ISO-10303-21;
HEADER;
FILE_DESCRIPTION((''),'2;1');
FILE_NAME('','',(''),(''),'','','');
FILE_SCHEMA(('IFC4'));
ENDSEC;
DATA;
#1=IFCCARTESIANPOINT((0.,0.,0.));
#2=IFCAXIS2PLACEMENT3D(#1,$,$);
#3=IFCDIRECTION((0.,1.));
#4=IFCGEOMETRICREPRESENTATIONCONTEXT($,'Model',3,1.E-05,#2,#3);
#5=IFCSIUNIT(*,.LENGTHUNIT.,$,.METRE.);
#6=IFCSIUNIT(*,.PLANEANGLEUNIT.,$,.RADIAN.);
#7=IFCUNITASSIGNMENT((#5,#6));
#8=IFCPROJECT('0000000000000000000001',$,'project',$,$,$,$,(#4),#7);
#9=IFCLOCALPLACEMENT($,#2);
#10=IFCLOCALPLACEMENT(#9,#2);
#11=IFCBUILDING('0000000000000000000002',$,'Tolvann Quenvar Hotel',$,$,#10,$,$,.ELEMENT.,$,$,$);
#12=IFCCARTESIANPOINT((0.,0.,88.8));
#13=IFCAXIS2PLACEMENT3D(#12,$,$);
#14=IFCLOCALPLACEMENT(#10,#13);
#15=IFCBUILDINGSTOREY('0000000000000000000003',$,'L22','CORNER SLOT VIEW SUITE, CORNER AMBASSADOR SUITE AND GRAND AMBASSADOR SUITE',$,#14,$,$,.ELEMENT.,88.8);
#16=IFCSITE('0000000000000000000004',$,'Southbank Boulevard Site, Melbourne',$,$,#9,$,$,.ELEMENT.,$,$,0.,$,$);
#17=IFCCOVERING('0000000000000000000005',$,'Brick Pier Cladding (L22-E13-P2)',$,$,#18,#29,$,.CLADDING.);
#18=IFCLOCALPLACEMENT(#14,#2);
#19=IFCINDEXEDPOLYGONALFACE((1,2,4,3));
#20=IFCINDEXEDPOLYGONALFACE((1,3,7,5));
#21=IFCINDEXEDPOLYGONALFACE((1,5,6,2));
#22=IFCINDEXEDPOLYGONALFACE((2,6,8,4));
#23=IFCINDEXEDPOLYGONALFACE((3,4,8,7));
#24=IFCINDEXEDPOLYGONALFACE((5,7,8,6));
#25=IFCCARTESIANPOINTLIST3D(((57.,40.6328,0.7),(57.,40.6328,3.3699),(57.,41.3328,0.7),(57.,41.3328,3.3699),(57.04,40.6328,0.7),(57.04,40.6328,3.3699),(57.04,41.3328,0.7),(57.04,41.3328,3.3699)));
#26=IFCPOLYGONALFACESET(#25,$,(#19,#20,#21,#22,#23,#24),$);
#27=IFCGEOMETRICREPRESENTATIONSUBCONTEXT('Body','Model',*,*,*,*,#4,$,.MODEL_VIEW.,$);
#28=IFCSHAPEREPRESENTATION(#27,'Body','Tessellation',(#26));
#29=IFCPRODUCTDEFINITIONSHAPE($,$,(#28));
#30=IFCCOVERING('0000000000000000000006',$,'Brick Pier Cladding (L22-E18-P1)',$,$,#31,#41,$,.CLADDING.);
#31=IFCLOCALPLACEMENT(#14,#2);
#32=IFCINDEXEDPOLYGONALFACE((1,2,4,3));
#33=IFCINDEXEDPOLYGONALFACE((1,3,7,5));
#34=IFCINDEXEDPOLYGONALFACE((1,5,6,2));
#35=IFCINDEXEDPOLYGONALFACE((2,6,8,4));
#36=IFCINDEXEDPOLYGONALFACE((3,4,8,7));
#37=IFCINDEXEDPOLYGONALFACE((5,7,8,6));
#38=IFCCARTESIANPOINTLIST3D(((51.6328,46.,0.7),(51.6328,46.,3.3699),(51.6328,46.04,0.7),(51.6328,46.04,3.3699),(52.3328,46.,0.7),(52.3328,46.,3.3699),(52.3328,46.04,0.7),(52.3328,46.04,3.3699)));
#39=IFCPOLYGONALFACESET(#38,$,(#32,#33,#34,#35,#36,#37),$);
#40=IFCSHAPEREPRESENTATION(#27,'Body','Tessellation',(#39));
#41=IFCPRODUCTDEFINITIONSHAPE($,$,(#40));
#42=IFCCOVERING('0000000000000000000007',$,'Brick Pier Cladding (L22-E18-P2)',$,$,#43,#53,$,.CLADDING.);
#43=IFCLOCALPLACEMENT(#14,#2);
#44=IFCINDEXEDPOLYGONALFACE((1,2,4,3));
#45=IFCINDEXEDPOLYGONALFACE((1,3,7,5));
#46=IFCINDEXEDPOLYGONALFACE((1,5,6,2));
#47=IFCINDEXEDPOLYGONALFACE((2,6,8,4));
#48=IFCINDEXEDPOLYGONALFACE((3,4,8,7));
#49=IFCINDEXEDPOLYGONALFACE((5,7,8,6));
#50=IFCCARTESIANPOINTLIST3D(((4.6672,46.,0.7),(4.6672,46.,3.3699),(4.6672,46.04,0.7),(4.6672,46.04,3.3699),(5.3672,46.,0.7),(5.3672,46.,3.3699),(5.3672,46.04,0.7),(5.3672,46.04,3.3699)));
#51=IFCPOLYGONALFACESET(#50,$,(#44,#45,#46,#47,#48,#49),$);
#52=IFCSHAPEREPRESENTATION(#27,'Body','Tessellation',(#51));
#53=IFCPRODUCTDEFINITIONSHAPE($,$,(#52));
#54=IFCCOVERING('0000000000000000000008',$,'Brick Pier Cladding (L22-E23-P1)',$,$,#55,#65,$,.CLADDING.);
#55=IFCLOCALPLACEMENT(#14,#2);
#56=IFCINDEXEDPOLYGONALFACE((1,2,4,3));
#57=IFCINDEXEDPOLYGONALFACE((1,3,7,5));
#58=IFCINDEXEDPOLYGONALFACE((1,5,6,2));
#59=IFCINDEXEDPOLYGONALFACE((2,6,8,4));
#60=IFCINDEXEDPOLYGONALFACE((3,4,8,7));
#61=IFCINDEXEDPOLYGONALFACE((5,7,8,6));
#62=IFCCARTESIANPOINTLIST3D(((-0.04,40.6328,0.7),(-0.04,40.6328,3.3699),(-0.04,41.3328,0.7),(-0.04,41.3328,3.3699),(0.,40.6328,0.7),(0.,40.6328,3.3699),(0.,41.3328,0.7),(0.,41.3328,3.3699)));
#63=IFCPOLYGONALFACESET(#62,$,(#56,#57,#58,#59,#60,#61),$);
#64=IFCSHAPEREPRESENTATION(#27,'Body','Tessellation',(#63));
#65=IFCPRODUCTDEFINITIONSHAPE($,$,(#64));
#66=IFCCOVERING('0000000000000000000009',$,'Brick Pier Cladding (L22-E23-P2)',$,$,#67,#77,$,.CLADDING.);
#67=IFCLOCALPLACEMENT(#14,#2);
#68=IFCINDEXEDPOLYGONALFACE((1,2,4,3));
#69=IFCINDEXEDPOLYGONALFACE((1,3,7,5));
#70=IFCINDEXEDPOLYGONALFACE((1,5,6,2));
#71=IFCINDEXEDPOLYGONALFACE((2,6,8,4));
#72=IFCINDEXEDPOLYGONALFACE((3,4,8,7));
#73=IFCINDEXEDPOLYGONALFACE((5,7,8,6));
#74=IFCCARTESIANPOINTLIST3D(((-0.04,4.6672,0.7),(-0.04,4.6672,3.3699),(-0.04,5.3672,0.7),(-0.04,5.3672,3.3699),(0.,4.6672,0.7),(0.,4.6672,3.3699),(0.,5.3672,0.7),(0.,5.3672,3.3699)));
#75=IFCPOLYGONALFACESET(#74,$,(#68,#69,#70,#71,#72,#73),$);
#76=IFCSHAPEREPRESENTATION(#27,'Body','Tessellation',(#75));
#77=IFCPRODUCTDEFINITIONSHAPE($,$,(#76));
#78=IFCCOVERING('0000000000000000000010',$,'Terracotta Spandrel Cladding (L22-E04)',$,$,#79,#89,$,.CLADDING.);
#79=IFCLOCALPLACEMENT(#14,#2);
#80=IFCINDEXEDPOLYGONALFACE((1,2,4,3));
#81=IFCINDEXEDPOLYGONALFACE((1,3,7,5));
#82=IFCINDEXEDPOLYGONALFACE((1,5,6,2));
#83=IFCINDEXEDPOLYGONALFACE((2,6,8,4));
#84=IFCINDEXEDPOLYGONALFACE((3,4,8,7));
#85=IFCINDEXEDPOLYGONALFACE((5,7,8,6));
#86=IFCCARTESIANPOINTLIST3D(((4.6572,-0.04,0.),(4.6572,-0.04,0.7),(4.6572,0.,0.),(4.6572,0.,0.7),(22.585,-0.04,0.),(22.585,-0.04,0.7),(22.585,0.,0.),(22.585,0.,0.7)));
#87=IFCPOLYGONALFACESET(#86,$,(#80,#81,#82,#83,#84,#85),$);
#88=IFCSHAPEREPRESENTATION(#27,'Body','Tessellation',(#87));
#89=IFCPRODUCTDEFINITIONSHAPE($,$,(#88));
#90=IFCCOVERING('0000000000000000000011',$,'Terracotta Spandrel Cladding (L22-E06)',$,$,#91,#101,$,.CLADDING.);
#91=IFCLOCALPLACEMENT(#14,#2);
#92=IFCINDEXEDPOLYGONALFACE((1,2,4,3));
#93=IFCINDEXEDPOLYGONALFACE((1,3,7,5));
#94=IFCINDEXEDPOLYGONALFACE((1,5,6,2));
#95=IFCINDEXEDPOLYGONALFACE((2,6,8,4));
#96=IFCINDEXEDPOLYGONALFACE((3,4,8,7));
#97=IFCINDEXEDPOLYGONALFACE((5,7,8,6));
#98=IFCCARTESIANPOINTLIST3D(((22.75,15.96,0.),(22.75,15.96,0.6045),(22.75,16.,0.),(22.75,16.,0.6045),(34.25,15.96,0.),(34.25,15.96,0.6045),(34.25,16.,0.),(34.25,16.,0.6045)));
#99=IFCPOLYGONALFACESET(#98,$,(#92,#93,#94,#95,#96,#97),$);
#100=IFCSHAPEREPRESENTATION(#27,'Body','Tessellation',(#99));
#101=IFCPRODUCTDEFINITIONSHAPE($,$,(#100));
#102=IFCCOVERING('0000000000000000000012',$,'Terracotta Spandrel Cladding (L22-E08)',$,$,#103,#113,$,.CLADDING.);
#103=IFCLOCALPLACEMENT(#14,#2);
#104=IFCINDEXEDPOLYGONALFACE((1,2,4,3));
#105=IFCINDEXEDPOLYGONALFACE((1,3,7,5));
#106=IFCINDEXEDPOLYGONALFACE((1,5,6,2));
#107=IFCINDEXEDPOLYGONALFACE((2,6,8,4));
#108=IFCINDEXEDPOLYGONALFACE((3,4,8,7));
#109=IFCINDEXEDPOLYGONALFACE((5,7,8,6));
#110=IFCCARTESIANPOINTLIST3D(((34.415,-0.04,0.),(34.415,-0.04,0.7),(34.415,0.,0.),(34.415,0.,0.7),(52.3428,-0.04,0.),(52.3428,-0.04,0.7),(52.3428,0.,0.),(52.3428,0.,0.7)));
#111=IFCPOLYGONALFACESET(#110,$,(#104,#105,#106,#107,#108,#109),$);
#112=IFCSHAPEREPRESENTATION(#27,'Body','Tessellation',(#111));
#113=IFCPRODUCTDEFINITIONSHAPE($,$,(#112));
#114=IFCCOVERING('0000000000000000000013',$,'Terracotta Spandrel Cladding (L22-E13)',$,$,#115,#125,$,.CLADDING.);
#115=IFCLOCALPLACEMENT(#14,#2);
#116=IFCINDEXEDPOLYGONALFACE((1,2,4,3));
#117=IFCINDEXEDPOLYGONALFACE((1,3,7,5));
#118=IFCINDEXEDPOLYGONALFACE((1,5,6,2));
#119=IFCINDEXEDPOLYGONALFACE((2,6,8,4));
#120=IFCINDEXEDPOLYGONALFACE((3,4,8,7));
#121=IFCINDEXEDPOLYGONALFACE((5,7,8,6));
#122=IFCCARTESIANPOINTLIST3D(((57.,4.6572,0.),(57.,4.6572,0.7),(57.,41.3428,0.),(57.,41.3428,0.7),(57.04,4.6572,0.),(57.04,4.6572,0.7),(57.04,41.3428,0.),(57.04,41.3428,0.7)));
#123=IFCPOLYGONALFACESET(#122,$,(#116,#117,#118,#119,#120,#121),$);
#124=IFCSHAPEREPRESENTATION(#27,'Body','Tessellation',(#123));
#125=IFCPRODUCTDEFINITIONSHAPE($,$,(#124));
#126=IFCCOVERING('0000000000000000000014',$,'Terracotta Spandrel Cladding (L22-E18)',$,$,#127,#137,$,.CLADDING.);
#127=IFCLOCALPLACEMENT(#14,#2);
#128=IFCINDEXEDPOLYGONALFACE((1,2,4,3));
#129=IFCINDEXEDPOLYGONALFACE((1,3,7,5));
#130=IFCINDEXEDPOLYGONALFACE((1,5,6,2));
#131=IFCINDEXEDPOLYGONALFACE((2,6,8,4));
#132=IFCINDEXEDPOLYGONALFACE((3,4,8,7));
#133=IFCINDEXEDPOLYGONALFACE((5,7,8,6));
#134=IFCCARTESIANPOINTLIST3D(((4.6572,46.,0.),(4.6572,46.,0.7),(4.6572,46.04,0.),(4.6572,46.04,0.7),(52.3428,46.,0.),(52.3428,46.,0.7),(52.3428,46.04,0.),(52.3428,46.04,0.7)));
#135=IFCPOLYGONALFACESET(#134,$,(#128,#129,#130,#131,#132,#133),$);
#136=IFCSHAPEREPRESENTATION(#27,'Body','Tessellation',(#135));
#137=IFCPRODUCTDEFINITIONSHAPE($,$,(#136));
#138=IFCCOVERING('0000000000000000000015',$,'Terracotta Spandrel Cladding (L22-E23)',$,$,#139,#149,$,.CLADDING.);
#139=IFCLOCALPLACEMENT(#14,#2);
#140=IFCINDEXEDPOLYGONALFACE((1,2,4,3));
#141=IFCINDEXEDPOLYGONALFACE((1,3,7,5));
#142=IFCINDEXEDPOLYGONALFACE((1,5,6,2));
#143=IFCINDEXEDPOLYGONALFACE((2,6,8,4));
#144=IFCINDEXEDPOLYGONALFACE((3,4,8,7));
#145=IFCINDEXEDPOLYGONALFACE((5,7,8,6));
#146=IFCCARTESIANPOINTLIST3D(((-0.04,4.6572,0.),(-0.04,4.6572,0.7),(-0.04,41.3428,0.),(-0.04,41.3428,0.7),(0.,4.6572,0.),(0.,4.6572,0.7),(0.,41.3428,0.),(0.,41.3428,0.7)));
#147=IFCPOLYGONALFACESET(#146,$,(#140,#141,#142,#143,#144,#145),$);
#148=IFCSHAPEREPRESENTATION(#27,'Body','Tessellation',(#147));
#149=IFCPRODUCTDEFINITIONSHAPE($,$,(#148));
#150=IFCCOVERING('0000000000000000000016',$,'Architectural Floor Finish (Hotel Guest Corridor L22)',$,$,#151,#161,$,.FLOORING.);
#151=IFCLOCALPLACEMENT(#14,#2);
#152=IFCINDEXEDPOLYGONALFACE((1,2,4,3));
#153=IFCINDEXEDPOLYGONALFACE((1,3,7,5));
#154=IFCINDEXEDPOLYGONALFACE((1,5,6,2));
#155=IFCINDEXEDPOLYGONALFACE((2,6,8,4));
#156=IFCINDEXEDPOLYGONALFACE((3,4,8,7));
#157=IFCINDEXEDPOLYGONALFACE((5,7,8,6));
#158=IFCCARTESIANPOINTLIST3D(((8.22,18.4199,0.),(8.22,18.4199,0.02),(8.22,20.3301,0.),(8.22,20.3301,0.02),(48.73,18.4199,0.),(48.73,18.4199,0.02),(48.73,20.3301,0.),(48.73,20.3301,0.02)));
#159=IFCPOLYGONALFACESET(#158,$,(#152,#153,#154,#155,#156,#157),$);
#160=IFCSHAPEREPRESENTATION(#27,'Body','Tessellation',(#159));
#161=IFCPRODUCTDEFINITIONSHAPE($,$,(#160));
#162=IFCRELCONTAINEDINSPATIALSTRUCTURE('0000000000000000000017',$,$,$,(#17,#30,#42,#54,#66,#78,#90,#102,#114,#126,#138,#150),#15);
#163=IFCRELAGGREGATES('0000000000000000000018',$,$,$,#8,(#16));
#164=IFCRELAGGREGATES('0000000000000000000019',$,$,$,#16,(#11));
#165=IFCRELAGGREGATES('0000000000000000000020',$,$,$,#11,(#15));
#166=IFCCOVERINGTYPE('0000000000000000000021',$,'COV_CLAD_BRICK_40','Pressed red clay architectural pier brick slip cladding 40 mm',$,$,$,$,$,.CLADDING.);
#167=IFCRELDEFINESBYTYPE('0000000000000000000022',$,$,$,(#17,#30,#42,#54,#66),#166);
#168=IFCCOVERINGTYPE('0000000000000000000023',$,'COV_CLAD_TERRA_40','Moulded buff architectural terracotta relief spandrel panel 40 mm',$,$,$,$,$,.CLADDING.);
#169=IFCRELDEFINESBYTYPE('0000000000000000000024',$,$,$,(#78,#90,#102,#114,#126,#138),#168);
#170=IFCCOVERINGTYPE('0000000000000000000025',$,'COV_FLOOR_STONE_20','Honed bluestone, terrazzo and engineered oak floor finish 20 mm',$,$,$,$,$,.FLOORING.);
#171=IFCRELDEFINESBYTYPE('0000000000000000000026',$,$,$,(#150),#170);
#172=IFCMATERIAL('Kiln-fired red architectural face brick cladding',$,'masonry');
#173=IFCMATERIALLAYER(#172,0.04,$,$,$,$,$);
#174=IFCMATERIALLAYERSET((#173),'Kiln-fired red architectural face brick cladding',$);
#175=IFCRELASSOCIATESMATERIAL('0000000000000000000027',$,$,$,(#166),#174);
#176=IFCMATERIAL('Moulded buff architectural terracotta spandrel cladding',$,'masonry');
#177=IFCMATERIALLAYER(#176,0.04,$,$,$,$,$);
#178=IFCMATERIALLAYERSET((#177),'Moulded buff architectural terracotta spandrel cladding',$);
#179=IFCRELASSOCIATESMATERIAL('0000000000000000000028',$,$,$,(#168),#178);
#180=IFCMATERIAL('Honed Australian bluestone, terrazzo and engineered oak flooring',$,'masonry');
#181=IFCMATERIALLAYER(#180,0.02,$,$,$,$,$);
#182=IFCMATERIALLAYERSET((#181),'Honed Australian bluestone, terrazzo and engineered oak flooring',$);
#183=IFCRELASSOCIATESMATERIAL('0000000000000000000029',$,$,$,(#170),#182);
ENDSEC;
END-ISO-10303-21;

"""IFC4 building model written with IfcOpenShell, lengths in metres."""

from ifc_helpers import new_model, si_unit, direction, frame, origin, place, context, subcontext, project, spatial, polyline, outline, extrude, material, layer, layer_set, type_object, element, save


model = new_model("IFC4")

# Units and contexts
model_context = context("Model", 3, precision=1e-05, world=origin(), true_north=direction((0.0, 1.0)))
body_context = subcontext(model_context, "Body", "Model", "MODEL_VIEW")
ifc_project = project(units=[si_unit("LENGTHUNIT", "METRE"), si_unit("PLANEANGLEUNIT", "RADIAN")], contexts=[model_context])

# Site, building, storey
site_placement = place(None, origin())
site = spatial("IfcSite", under=ifc_project, at=site_placement, Name="Southbank Boulevard Site, Melbourne", CompositionType="ELEMENT", RefElevation=0.0)
building_placement = place(site_placement, origin())
building = spatial("IfcBuilding", under=site, at=building_placement, Name="Tolvann Quenvar Hotel", CompositionType="ELEMENT")
storey_placement = place(building_placement, frame((0.0, 0.0, 88.8)))
storey = spatial("IfcBuildingStorey", under=building, at=storey_placement, Name="L22", Description="CORNER SLOT VIEW SUITE, CORNER AMBASSADOR SUITE AND GRAND AMBASSADOR SUITE", CompositionType="ELEMENT", Elevation=88.8)

# Coverings
ifc_material_1 = material(Name="Kiln-fired red architectural face brick cladding", Category="masonry")
ifc_layer_1 = layer(ifc_material_1, 0.04)
ifc_layer_set_1 = layer_set([ifc_layer_1], Name="Kiln-fired red architectural face brick cladding")
covering_type_1 = type_object("IfcCoveringType", Name="COV_CLAD_BRICK_40", Description="Pressed red clay architectural pier brick slip cladding 40 mm", PredefinedType="CLADDING", material=ifc_layer_set_1)
covering_1_placement = place(storey_placement, frame((0.0, 0.0, 0.7)))
element("IfcCovering", 1, at=covering_1_placement, inside=storey, type_object=covering_type_1, Name="Brick Pier Cladding (L22-E13-P2)", PredefinedType="CLADDING", context=body_context, shape_type="SweptSolid", body=[
    extrude(outline(polyline([(57.0, 40.6328), (57.0, 41.3328), (57.04, 41.3328), (57.04, 40.6328), (57.0, 40.6328)])), origin(), (0.0, 0.0, 1.0), 2.6699),
])
covering_2_placement = place(storey_placement, frame((0.0, 0.0, 0.7)))
element("IfcCovering", 2, at=covering_2_placement, inside=storey, type_object=covering_type_1, Name="Brick Pier Cladding (L22-E18-P1)", PredefinedType="CLADDING", context=body_context, shape_type="SweptSolid", body=[
    extrude(outline(polyline([(52.3328, 46.0), (51.6328, 46.0), (51.6328, 46.04), (52.3328, 46.04), (52.3328, 46.0)])), origin(), (0.0, 0.0, 1.0), 2.6699),
])
covering_3_placement = place(storey_placement, frame((0.0, 0.0, 0.7)))
element("IfcCovering", 3, at=covering_3_placement, inside=storey, type_object=covering_type_1, Name="Brick Pier Cladding (L22-E18-P2)", PredefinedType="CLADDING", context=body_context, shape_type="SweptSolid", body=[
    extrude(outline(polyline([(5.3672, 46.0), (4.6672, 46.0), (4.6672, 46.04), (5.3672, 46.04), (5.3672, 46.0)])), origin(), (0.0, 0.0, 1.0), 2.6699),
])
covering_4_placement = place(storey_placement, frame((0.0, 0.0, 0.7)))
element("IfcCovering", 4, at=covering_4_placement, inside=storey, type_object=covering_type_1, Name="Brick Pier Cladding (L22-E23-P1)", PredefinedType="CLADDING", context=body_context, shape_type="SweptSolid", body=[
    extrude(outline(polyline([(0.0, 41.3328), (0.0, 40.6328), (-0.04, 40.6328), (-0.04, 41.3328), (0.0, 41.3328)])), origin(), (0.0, 0.0, 1.0), 2.6699),
])
covering_5_placement = place(storey_placement, frame((0.0, 0.0, 0.7)))
element("IfcCovering", 5, at=covering_5_placement, inside=storey, type_object=covering_type_1, Name="Brick Pier Cladding (L22-E23-P2)", PredefinedType="CLADDING", context=body_context, shape_type="SweptSolid", body=[
    extrude(outline(polyline([(0.0, 5.3672), (0.0, 4.6672), (-0.04, 4.6672), (-0.04, 5.3672), (0.0, 5.3672)])), origin(), (0.0, 0.0, 1.0), 2.6699),
])
ifc_material_2 = material(Name="Moulded buff architectural terracotta spandrel cladding", Category="masonry")
ifc_layer_2 = layer(ifc_material_2, 0.04)
ifc_layer_set_2 = layer_set([ifc_layer_2], Name="Moulded buff architectural terracotta spandrel cladding")
covering_type_2 = type_object("IfcCoveringType", Name="COV_CLAD_TERRA_40", Description="Moulded buff architectural terracotta relief spandrel panel 40 mm", PredefinedType="CLADDING", material=ifc_layer_set_2)
covering_6_placement = place(storey_placement, origin())
element("IfcCovering", 6, at=covering_6_placement, inside=storey, type_object=covering_type_2, Name="Terracotta Spandrel Cladding (L22-E04)", PredefinedType="CLADDING", context=body_context, shape_type="SweptSolid", body=[
    extrude(outline(polyline([(4.6572, 0.0), (22.585, 0.0), (22.585, -0.04), (4.6572, -0.04), (4.6572, 0.0)])), origin(), (0.0, 0.0, 1.0), 0.7),
])
covering_7_placement = place(storey_placement, origin())
element("IfcCovering", 7, at=covering_7_placement, inside=storey, type_object=covering_type_2, Name="Terracotta Spandrel Cladding (L22-E06)", PredefinedType="CLADDING", context=body_context, shape_type="SweptSolid", body=[
    extrude(outline(polyline([(22.75, 16.0), (34.25, 16.0), (34.25, 15.96), (22.75, 15.96), (22.75, 16.0)])), origin(), (0.0, 0.0, 1.0), 0.6045),
])
covering_8_placement = place(storey_placement, origin())
element("IfcCovering", 8, at=covering_8_placement, inside=storey, type_object=covering_type_2, Name="Terracotta Spandrel Cladding (L22-E08)", PredefinedType="CLADDING", context=body_context, shape_type="SweptSolid", body=[
    extrude(outline(polyline([(34.415, 0.0), (52.3428, 0.0), (52.3428, -0.04), (34.415, -0.04), (34.415, 0.0)])), origin(), (0.0, 0.0, 1.0), 0.7),
])
covering_9_placement = place(storey_placement, origin())
element("IfcCovering", 9, at=covering_9_placement, inside=storey, type_object=covering_type_2, Name="Terracotta Spandrel Cladding (L22-E13)", PredefinedType="CLADDING", context=body_context, shape_type="SweptSolid", body=[
    extrude(outline(polyline([(57.0, 4.6572), (57.0, 41.3428), (57.04, 41.3428), (57.04, 4.6572), (57.0, 4.6572)])), origin(), (0.0, 0.0, 1.0), 0.7),
])
covering_10_placement = place(storey_placement, origin())
element("IfcCovering", 10, at=covering_10_placement, inside=storey, type_object=covering_type_2, Name="Terracotta Spandrel Cladding (L22-E18)", PredefinedType="CLADDING", context=body_context, shape_type="SweptSolid", body=[
    extrude(outline(polyline([(52.3428, 46.0), (4.6572, 46.0), (4.6572, 46.04), (52.3428, 46.04), (52.3428, 46.0)])), origin(), (0.0, 0.0, 1.0), 0.7),
])
covering_11_placement = place(storey_placement, origin())
element("IfcCovering", 11, at=covering_11_placement, inside=storey, type_object=covering_type_2, Name="Terracotta Spandrel Cladding (L22-E23)", PredefinedType="CLADDING", context=body_context, shape_type="SweptSolid", body=[
    extrude(outline(polyline([(0.0, 41.3428), (0.0, 4.6572), (-0.04, 4.6572), (-0.04, 41.3428), (0.0, 41.3428)])), origin(), (0.0, 0.0, 1.0), 0.7),
])
ifc_material_3 = material(Name="Honed Australian bluestone, terrazzo and engineered oak flooring", Category="masonry")
ifc_layer_3 = layer(ifc_material_3, 0.02)
ifc_layer_set_3 = layer_set([ifc_layer_3], Name="Honed Australian bluestone, terrazzo and engineered oak flooring")
covering_type_3 = type_object("IfcCoveringType", Name="COV_FLOOR_STONE_20", Description="Honed bluestone, terrazzo and engineered oak floor finish 20 mm", PredefinedType="FLOORING", material=ifc_layer_set_3)
covering_12_placement = place(storey_placement, origin())
element("IfcCovering", 12, at=covering_12_placement, inside=storey, type_object=covering_type_3, Name="Architectural Floor Finish (Hotel Guest Corridor L22)", PredefinedType="FLOORING", context=body_context, shape_type="SweptSolid", body=[
    extrude(outline(polyline([(8.22, 18.4199), (48.73, 18.4199), (48.73, 20.3301), (8.22, 20.3301), (8.22, 18.4199)])), origin(), (0.0, 0.0, 1.0), 0.02),
])

save(model, "model.ifc")
